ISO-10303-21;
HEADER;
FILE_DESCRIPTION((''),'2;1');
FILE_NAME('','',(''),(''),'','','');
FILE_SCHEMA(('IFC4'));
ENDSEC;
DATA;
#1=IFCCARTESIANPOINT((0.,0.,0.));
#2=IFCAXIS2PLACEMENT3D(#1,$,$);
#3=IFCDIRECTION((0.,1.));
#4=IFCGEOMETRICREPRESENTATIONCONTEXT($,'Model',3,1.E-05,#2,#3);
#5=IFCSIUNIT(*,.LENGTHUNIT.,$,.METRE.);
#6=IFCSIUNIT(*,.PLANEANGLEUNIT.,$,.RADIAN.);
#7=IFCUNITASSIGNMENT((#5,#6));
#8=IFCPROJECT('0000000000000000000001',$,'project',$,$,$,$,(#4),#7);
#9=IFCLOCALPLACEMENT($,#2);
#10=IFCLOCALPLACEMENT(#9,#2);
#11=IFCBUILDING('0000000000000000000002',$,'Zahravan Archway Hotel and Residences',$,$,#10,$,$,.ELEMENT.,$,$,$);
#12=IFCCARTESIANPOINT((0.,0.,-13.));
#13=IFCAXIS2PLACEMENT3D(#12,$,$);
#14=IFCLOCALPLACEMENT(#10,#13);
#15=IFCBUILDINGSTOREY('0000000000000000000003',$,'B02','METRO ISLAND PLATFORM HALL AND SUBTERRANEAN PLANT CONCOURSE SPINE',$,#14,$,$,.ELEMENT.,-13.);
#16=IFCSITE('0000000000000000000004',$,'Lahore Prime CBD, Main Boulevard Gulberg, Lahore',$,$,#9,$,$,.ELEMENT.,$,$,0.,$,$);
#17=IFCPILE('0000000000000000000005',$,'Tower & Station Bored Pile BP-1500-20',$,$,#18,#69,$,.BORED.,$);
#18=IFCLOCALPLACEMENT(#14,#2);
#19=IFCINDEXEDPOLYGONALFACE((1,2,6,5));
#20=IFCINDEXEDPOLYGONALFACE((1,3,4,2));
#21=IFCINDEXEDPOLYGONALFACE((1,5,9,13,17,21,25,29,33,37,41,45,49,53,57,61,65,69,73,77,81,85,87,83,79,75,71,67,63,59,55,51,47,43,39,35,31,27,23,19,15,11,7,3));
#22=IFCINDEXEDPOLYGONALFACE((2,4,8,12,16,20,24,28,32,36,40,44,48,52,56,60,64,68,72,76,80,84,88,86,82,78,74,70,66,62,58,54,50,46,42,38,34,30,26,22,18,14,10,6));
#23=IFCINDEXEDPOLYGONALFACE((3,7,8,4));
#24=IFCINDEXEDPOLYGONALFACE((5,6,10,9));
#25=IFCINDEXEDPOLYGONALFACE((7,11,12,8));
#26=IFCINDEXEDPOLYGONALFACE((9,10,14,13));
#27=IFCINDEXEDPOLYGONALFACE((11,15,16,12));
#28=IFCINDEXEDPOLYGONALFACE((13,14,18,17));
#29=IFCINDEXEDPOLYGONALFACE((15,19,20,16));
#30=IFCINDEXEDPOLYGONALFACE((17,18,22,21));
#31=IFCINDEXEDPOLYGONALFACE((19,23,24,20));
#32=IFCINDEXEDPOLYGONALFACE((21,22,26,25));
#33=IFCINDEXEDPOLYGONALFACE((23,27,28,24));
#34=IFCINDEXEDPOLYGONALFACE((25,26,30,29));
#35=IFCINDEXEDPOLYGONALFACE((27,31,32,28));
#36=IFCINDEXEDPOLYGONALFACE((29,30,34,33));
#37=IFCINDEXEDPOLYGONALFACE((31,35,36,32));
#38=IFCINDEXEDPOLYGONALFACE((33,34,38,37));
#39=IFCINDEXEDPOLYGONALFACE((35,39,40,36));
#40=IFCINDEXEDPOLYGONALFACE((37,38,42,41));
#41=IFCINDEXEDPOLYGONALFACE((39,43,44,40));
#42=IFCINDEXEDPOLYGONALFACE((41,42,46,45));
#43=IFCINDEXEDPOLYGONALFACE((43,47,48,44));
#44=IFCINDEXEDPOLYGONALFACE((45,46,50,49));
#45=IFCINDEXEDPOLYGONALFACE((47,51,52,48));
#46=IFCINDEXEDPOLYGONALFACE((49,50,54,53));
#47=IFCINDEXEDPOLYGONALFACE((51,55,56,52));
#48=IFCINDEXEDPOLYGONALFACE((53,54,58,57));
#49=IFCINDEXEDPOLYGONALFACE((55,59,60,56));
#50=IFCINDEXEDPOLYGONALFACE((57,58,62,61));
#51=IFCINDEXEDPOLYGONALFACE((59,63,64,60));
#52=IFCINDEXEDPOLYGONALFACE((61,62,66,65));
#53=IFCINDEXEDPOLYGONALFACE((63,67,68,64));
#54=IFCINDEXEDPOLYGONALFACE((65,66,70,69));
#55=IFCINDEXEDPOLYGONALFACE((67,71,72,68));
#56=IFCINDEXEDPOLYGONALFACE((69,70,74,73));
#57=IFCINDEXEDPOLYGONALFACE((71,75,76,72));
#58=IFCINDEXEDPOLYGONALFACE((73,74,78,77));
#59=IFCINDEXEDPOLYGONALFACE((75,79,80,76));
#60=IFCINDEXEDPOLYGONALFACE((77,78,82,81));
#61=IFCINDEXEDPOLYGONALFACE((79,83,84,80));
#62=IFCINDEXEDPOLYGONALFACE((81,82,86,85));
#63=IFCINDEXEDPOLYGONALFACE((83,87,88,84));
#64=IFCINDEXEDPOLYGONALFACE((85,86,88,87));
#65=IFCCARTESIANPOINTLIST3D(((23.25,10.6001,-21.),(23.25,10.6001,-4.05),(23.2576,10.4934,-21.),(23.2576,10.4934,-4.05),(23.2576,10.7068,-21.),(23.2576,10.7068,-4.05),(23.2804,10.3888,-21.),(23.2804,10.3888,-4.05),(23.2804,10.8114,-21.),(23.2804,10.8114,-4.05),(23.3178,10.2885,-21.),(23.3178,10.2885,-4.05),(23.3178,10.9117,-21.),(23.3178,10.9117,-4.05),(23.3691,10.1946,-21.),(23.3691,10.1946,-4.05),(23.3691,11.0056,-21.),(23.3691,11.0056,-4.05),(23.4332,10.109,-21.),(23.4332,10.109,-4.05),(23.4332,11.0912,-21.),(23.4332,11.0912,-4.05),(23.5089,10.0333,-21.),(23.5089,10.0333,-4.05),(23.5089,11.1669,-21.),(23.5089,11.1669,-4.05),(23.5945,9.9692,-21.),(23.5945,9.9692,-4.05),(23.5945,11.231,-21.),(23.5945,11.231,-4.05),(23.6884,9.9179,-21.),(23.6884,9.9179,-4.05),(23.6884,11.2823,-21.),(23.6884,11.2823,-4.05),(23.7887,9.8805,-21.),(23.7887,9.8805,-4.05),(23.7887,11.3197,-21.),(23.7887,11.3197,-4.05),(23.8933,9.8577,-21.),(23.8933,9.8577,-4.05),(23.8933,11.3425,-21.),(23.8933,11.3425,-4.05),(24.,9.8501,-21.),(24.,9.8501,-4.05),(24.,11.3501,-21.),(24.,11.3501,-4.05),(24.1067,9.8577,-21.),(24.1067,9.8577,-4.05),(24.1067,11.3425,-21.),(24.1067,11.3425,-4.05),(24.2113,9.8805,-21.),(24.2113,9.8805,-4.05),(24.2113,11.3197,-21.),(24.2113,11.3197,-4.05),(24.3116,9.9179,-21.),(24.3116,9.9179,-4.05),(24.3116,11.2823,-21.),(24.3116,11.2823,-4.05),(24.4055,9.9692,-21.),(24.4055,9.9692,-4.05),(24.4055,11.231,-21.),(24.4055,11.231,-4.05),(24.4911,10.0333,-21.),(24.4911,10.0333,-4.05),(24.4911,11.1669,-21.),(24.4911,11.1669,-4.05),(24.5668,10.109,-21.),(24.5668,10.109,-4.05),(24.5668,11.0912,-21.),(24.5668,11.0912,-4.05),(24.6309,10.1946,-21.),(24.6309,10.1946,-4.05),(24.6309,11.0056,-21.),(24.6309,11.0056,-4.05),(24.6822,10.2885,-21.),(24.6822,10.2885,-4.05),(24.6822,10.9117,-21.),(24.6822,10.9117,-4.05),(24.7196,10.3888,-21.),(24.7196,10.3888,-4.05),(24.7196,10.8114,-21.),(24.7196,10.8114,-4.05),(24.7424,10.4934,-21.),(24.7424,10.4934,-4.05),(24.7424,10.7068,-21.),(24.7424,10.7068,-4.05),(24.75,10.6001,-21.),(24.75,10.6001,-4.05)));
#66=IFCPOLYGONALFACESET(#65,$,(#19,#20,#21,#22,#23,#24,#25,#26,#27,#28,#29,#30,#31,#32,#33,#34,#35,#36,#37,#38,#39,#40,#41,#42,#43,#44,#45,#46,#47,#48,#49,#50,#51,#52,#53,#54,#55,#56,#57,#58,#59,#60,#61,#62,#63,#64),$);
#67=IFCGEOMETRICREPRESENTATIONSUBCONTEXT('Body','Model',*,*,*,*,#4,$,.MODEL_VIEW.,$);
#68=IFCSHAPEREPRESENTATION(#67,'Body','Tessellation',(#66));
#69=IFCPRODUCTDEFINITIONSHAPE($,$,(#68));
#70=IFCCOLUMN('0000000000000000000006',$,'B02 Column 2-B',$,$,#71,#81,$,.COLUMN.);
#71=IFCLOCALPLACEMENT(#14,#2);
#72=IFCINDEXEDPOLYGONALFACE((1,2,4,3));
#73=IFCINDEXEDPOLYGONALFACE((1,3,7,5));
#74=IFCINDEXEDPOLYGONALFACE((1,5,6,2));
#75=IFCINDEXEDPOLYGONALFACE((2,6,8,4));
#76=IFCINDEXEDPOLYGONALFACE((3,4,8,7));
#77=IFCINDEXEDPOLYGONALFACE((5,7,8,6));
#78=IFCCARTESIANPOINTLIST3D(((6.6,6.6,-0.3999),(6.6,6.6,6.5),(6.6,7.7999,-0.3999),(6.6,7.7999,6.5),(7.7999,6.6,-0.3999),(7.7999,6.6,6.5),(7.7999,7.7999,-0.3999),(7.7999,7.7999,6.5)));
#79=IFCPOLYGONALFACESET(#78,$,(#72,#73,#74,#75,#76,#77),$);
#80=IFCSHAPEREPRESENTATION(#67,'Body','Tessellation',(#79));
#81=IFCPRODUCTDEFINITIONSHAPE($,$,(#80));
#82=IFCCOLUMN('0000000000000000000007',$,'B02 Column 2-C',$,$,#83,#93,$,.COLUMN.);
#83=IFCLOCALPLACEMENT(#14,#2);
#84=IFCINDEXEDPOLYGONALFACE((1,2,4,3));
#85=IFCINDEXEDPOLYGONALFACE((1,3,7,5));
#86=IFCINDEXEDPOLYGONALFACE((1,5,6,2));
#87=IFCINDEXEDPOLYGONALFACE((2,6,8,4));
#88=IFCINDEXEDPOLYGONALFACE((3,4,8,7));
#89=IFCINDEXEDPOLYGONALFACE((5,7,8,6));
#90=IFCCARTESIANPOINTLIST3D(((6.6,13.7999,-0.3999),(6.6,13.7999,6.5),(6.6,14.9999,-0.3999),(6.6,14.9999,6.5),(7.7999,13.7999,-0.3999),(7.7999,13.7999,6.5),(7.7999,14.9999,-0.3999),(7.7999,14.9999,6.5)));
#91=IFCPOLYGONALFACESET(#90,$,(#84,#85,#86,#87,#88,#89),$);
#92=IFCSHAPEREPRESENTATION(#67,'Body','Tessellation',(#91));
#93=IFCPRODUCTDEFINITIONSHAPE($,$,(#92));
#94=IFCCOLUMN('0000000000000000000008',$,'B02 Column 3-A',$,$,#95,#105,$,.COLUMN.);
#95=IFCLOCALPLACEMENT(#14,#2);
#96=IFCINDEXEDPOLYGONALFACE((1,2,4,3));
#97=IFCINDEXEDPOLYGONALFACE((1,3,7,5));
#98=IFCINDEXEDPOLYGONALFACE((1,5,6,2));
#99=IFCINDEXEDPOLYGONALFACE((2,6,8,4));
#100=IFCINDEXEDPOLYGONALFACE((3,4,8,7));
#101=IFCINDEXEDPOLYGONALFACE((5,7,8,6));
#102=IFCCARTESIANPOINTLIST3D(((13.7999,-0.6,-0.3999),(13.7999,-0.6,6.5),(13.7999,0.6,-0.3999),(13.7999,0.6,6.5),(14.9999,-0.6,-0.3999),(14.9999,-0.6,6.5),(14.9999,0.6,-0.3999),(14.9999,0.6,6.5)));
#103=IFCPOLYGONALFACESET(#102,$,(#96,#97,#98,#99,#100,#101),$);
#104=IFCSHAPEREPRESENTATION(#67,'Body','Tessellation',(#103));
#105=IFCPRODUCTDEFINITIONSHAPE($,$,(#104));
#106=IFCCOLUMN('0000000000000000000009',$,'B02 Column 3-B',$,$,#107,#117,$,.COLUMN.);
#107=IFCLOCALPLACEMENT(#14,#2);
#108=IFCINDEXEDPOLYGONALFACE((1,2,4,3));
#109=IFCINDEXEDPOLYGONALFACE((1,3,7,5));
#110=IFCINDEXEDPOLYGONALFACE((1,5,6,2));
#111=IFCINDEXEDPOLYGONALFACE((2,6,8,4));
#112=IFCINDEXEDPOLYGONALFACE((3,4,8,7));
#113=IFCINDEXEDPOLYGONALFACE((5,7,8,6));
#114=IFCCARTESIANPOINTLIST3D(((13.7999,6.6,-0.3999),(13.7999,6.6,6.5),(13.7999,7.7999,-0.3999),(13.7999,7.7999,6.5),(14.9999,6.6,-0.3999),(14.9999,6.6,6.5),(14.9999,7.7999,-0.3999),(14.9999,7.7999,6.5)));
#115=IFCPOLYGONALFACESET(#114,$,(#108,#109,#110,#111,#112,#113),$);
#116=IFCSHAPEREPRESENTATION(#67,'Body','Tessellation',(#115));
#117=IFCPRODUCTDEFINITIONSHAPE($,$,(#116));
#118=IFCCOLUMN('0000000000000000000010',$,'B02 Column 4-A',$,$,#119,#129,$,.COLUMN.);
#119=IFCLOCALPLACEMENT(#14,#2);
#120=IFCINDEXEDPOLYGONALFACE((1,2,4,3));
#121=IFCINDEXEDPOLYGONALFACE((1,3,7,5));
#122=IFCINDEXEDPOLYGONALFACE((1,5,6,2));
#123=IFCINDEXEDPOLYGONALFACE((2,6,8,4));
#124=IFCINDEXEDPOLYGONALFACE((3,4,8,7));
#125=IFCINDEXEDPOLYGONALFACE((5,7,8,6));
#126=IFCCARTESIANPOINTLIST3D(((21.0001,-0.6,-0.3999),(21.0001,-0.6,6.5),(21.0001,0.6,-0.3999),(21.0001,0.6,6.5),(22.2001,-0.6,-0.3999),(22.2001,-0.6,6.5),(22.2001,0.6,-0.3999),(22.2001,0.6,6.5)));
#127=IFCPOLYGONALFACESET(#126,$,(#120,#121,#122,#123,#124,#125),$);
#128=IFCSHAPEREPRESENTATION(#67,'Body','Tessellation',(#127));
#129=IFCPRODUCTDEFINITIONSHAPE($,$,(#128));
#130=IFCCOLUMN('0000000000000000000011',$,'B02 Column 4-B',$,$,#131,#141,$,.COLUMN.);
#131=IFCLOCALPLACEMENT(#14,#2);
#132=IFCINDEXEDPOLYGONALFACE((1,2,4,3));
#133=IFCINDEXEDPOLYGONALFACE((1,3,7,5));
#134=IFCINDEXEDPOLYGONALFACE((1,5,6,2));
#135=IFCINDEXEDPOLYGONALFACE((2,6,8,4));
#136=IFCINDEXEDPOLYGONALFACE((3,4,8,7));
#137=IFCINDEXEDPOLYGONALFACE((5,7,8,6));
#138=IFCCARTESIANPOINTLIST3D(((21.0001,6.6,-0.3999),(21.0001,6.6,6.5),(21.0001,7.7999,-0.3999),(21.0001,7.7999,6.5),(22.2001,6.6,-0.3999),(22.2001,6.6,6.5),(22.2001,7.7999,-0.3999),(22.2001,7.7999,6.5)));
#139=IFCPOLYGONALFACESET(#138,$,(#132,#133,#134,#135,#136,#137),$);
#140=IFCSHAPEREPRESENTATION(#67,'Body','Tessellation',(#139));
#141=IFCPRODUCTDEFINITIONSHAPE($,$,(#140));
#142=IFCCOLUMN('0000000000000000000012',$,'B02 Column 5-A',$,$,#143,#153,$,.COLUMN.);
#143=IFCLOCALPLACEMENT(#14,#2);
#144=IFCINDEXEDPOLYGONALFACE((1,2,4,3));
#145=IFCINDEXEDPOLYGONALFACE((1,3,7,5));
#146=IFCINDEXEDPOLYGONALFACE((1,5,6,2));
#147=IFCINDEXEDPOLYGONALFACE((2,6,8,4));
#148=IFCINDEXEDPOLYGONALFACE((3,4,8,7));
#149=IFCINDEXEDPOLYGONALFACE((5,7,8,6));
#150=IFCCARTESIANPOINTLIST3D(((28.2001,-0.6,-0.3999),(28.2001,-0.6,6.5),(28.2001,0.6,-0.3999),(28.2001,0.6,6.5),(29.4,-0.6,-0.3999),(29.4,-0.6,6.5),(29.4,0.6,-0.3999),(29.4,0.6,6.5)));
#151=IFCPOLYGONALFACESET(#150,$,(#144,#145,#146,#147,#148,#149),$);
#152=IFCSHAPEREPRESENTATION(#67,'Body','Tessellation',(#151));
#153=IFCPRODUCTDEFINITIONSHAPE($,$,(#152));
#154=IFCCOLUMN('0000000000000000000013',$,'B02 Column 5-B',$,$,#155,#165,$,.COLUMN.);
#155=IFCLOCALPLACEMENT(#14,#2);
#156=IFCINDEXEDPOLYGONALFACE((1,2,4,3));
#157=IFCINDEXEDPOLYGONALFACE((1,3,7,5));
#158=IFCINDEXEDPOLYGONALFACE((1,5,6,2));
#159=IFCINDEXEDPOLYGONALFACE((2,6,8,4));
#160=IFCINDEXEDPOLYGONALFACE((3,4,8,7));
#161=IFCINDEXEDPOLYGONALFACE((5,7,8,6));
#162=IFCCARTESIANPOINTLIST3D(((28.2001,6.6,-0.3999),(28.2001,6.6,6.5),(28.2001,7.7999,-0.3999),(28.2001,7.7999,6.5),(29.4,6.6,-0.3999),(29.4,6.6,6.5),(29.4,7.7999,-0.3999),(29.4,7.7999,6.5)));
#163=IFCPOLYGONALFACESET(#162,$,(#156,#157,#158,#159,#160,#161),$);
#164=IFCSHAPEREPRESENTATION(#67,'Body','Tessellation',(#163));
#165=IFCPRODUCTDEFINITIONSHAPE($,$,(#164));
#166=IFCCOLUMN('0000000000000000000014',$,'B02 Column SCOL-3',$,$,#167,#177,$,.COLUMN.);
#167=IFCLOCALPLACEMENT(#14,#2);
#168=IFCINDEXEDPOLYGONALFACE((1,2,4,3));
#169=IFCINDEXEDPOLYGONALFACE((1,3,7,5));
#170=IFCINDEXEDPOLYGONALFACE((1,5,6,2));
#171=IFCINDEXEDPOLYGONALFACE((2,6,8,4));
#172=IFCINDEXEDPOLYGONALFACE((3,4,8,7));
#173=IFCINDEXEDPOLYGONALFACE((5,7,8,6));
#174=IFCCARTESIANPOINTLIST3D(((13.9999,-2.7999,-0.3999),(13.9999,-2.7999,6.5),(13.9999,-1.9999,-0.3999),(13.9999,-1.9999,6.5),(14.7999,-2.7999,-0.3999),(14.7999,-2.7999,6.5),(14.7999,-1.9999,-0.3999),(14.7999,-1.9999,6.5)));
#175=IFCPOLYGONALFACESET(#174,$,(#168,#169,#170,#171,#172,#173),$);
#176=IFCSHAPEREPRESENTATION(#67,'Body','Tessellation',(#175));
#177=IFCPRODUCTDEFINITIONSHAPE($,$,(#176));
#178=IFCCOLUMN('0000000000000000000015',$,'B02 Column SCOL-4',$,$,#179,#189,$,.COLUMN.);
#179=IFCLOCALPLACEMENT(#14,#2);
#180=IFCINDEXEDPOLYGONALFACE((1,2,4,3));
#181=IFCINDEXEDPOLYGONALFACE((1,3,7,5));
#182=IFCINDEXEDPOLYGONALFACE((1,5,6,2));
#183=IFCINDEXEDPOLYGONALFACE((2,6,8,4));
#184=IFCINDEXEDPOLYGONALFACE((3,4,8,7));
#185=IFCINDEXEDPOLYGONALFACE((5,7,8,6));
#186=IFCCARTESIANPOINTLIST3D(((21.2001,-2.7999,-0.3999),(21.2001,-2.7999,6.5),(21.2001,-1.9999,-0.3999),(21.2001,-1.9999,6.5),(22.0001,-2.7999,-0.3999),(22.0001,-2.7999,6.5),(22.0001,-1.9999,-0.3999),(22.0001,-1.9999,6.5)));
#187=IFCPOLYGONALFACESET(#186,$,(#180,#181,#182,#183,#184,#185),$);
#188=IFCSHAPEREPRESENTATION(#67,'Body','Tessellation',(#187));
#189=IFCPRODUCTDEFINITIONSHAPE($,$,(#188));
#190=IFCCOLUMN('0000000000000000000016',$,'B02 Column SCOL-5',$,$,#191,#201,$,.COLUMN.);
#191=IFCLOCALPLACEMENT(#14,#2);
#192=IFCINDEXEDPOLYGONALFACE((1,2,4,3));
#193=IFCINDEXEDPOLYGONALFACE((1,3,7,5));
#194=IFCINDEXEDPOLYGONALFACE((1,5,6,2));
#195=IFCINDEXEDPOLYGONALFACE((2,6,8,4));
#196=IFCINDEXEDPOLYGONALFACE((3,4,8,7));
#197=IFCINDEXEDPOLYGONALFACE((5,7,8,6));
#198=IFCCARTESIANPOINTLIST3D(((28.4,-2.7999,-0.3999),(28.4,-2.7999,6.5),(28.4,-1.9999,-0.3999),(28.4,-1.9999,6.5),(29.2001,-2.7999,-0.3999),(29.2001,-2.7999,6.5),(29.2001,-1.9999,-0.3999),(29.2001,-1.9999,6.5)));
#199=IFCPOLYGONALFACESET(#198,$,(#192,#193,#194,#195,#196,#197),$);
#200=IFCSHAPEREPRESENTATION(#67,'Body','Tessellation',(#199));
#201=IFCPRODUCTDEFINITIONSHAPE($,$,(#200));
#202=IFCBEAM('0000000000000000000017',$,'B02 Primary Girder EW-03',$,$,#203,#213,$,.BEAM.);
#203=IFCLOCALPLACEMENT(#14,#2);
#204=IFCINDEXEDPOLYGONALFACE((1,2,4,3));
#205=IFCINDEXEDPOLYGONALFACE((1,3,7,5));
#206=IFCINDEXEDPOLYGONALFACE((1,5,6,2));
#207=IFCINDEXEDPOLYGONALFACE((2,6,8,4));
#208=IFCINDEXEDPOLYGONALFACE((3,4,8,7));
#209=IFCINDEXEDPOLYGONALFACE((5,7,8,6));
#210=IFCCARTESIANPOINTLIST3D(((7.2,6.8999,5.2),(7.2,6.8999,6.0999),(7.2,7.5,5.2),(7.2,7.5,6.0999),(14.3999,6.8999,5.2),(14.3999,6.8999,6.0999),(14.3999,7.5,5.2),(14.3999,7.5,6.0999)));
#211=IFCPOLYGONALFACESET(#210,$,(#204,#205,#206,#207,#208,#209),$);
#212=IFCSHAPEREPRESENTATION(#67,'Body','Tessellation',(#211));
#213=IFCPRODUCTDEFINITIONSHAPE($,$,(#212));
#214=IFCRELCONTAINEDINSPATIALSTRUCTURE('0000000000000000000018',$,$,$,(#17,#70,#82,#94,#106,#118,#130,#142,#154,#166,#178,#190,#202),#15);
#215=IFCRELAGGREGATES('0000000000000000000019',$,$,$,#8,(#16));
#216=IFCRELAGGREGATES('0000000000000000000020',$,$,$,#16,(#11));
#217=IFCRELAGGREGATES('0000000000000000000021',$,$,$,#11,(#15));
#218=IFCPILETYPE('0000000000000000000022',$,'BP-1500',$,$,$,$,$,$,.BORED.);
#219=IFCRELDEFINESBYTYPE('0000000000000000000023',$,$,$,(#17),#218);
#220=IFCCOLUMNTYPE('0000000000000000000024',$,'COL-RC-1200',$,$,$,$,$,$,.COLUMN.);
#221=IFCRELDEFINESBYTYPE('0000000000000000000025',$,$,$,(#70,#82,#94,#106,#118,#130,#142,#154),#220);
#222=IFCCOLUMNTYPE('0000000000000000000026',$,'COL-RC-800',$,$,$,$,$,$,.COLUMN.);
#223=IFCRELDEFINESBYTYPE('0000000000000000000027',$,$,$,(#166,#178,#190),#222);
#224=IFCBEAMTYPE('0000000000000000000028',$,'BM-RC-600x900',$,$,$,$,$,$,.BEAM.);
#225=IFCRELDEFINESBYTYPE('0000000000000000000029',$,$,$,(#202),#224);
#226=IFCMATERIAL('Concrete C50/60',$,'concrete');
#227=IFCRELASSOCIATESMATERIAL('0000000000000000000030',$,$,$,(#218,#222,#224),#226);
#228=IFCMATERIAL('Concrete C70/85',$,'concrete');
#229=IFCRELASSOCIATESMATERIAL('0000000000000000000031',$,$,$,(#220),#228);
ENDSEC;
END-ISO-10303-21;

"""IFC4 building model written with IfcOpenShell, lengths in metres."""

from ifc_helpers import new_model, si_unit, direction, frame, origin, origin_2d, place, context, subcontext, project, spatial, rectangle, circle, extrude, source, transform, mapped, material, material_profile, profile_set, type_object, type_shapes, element, save


model = new_model("IFC4")

# Units and contexts
model_context = context("Model", 3, precision=1e-05, world=origin(), true_north=direction((0.0, 1.0)))
body_context = subcontext(model_context, "Body", "Model", "MODEL_VIEW")
ifc_project = project(units=[si_unit("LENGTHUNIT", "METRE"), si_unit("PLANEANGLEUNIT", "RADIAN")], contexts=[model_context])

# Site, building, storey
site_placement = place(None, origin())
site = spatial("IfcSite", under=ifc_project, at=site_placement, Name="Lahore Prime CBD, Main Boulevard Gulberg, Lahore", CompositionType="ELEMENT", RefElevation=0.0)
building_placement = place(site_placement, origin())
building = spatial("IfcBuilding", under=site, at=building_placement, Name="Zahravan Archway Hotel and Residences", CompositionType="ELEMENT")
storey_placement = place(building_placement, frame((0.0, 0.0, -13.0)))
storey = spatial("IfcBuildingStorey", under=building, at=storey_placement, Name="B02", Description="METRO ISLAND PLATFORM HALL AND SUBTERRANEAN PLANT CONCOURSE SPINE", CompositionType="ELEMENT", Elevation=-13.0)

# Pile
ifc_material_1 = material(Name="Concrete C50/60", Category="concrete")
ifc_material_profile_1 = material_profile(ifc_material_1, circle(Radius=0.75, at=origin_2d()), Name="PILE D1500", Category="concrete")
ifc_profile_set_1 = profile_set([ifc_material_profile_1], Name="Concrete C50/60")
pile_type = type_object("IfcPileType", Name="BP-1500", PredefinedType="BORED", material=ifc_profile_set_1)
shared_shape_1 = source(origin(), body_context, "Body", "SweptSolid", [
    extrude(circle(Radius=0.75, at=origin_2d()), origin(), (0.0, 0.0, 1.0), 16.95),
])
type_shapes(pile_type, [shared_shape_1])
for number, where, z_axis, x_axis, name in (
    (1, (24.0, 10.6001, -4.05), (0.0, 0.0, -1.0), (1.0, 0.0, 0.0), "Tower & Station Bored Pile BP-1500-20"),
):
    element("IfcPile", number, at=place(storey_placement, frame(where, z_axis=z_axis, x_axis=x_axis)), inside=storey, type_object=pile_type, Name=name, PredefinedType="BORED", context=body_context, shape_type="MappedRepresentation", body=[
        mapped(shared_shape_1, transform((0.0, 0.0, 0.0), scale=1.0)),
    ])

# Columns
ifc_material_2 = material(Name="Concrete C70/85", Category="concrete")
ifc_material_profile_2 = material_profile(ifc_material_2, rectangle(XDim=1.2, YDim=1.2, at=origin_2d()), Name="RC-COL-1200x1200", Category="concrete")
ifc_profile_set_2 = profile_set([ifc_material_profile_2], Name="Concrete C70/85")
column_type_1 = type_object("IfcColumnType", Name="COL-RC-1200", PredefinedType="COLUMN", material=ifc_profile_set_2)
shared_shape_2 = source(origin(), body_context, "Body", "SweptSolid", [
    extrude(rectangle(XDim=1.2, YDim=1.2, at=origin_2d()), origin(), (0.0, 0.0, 1.0), 6.8999),
])
type_shapes(column_type_1, [shared_shape_2])
for number, where, z_axis, x_axis, name in (
    (2, (7.2, 7.2, -0.3999), (0.0, 0.0, 1.0), (1.0, 0.0, 0.0), "B02 Column 2-B"),
    (3, (7.2, 14.3999, -0.3999), (0.0, 0.0, 1.0), (1.0, 0.0, 0.0), "B02 Column 2-C"),
    (4, (14.3999, 0.0, -0.3999), (0.0, 0.0, 1.0), (1.0, 0.0, 0.0), "B02 Column 3-A"),
    (5, (14.3999, 7.2, -0.3999), (0.0, 0.0, 1.0), (1.0, 0.0, 0.0), "B02 Column 3-B"),
    (6, (21.6001, 0.0, -0.3999), (0.0, 0.0, 1.0), (1.0, 0.0, 0.0), "B02 Column 4-A"),
    (7, (21.6001, 7.2, -0.3999), (0.0, 0.0, 1.0), (1.0, 0.0, 0.0), "B02 Column 4-B"),
    (8, (28.8, 0.0, -0.3999), (0.0, 0.0, 1.0), (1.0, 0.0, 0.0), "B02 Column 5-A"),
    (9, (28.8, 7.2, -0.3999), (0.0, 0.0, 1.0), (1.0, 0.0, 0.0), "B02 Column 5-B"),
):
    element("IfcColumn", number, at=place(storey_placement, frame(where, z_axis=z_axis, x_axis=x_axis)), inside=storey, type_object=column_type_1, Name=name, PredefinedType="COLUMN", context=body_context, shape_type="MappedRepresentation", body=[
        mapped(shared_shape_2, transform((0.0, 0.0, 0.0), scale=1.0)),
    ])
ifc_material_profile_3 = material_profile(ifc_material_1, rectangle(XDim=0.8, YDim=0.8, at=origin_2d()), Name="RC-COL-800x800", Category="concrete")
ifc_profile_set_3 = profile_set([ifc_material_profile_3], Name="Concrete C50/60")
column_type_2 = type_object("IfcColumnType", Name="COL-RC-800", PredefinedType="COLUMN", material=ifc_profile_set_3)
shared_shape_3 = source(origin(), body_context, "Body", "SweptSolid", [
    extrude(rectangle(XDim=0.8, YDim=0.8, at=origin_2d()), origin(), (0.0, 0.0, 1.0), 6.8999),
])
type_shapes(column_type_2, [shared_shape_3])
for number, where, z_axis, x_axis, name in (
    (10, (14.3999, -2.3999, -0.3999), (0.0, 0.0, 1.0), (1.0, 0.0, 0.0), "B02 Column SCOL-3"),
    (11, (21.6001, -2.3999, -0.3999), (0.0, 0.0, 1.0), (1.0, 0.0, 0.0), "B02 Column SCOL-4"),
    (12, (28.8, -2.3999, -0.3999), (0.0, 0.0, 1.0), (1.0, 0.0, 0.0), "B02 Column SCOL-5"),
):
    element("IfcColumn", number, at=place(storey_placement, frame(where, z_axis=z_axis, x_axis=x_axis)), inside=storey, type_object=column_type_2, Name=name, PredefinedType="COLUMN", context=body_context, shape_type="MappedRepresentation", body=[
        mapped(shared_shape_3, transform((0.0, 0.0, 0.0), scale=1.0)),
    ])

# Beam
ifc_material_profile_4 = material_profile(ifc_material_1, rectangle(XDim=0.6001, YDim=0.8999, at=origin_2d()), Name="RC-BM-600x900", Category="concrete")
ifc_profile_set_4 = profile_set([ifc_material_profile_4], Name="Concrete C50/60")
beam_type_1 = type_object("IfcBeamType", Name="BM-RC-600x900", PredefinedType="BEAM", material=ifc_profile_set_4)
shared_shape_4 = source(origin(), body_context, "Body", "SweptSolid", [
    extrude(rectangle(XDim=0.6001, YDim=0.8999, at=origin_2d()), origin(), (0.0, 0.0, 1.0), 7.2),
])
for number, where, z_axis, x_axis, name in (
    (13, (7.2, 7.2, 5.6499), (1.0, 0.0, 0.0), (0.0, 1.0, 0.0), "B02 Primary Girder EW-03"),
):
    element("IfcBeam", number, at=place(storey_placement, frame(where, z_axis=z_axis, x_axis=x_axis)), inside=storey, type_object=beam_type_1, Name=name, PredefinedType="BEAM", context=body_context, shape_type="MappedRepresentation", body=[
        mapped(shared_shape_4, transform((0.0, 0.0, 0.0), scale=1.0)),
    ])

save(model, "model.ifc")
